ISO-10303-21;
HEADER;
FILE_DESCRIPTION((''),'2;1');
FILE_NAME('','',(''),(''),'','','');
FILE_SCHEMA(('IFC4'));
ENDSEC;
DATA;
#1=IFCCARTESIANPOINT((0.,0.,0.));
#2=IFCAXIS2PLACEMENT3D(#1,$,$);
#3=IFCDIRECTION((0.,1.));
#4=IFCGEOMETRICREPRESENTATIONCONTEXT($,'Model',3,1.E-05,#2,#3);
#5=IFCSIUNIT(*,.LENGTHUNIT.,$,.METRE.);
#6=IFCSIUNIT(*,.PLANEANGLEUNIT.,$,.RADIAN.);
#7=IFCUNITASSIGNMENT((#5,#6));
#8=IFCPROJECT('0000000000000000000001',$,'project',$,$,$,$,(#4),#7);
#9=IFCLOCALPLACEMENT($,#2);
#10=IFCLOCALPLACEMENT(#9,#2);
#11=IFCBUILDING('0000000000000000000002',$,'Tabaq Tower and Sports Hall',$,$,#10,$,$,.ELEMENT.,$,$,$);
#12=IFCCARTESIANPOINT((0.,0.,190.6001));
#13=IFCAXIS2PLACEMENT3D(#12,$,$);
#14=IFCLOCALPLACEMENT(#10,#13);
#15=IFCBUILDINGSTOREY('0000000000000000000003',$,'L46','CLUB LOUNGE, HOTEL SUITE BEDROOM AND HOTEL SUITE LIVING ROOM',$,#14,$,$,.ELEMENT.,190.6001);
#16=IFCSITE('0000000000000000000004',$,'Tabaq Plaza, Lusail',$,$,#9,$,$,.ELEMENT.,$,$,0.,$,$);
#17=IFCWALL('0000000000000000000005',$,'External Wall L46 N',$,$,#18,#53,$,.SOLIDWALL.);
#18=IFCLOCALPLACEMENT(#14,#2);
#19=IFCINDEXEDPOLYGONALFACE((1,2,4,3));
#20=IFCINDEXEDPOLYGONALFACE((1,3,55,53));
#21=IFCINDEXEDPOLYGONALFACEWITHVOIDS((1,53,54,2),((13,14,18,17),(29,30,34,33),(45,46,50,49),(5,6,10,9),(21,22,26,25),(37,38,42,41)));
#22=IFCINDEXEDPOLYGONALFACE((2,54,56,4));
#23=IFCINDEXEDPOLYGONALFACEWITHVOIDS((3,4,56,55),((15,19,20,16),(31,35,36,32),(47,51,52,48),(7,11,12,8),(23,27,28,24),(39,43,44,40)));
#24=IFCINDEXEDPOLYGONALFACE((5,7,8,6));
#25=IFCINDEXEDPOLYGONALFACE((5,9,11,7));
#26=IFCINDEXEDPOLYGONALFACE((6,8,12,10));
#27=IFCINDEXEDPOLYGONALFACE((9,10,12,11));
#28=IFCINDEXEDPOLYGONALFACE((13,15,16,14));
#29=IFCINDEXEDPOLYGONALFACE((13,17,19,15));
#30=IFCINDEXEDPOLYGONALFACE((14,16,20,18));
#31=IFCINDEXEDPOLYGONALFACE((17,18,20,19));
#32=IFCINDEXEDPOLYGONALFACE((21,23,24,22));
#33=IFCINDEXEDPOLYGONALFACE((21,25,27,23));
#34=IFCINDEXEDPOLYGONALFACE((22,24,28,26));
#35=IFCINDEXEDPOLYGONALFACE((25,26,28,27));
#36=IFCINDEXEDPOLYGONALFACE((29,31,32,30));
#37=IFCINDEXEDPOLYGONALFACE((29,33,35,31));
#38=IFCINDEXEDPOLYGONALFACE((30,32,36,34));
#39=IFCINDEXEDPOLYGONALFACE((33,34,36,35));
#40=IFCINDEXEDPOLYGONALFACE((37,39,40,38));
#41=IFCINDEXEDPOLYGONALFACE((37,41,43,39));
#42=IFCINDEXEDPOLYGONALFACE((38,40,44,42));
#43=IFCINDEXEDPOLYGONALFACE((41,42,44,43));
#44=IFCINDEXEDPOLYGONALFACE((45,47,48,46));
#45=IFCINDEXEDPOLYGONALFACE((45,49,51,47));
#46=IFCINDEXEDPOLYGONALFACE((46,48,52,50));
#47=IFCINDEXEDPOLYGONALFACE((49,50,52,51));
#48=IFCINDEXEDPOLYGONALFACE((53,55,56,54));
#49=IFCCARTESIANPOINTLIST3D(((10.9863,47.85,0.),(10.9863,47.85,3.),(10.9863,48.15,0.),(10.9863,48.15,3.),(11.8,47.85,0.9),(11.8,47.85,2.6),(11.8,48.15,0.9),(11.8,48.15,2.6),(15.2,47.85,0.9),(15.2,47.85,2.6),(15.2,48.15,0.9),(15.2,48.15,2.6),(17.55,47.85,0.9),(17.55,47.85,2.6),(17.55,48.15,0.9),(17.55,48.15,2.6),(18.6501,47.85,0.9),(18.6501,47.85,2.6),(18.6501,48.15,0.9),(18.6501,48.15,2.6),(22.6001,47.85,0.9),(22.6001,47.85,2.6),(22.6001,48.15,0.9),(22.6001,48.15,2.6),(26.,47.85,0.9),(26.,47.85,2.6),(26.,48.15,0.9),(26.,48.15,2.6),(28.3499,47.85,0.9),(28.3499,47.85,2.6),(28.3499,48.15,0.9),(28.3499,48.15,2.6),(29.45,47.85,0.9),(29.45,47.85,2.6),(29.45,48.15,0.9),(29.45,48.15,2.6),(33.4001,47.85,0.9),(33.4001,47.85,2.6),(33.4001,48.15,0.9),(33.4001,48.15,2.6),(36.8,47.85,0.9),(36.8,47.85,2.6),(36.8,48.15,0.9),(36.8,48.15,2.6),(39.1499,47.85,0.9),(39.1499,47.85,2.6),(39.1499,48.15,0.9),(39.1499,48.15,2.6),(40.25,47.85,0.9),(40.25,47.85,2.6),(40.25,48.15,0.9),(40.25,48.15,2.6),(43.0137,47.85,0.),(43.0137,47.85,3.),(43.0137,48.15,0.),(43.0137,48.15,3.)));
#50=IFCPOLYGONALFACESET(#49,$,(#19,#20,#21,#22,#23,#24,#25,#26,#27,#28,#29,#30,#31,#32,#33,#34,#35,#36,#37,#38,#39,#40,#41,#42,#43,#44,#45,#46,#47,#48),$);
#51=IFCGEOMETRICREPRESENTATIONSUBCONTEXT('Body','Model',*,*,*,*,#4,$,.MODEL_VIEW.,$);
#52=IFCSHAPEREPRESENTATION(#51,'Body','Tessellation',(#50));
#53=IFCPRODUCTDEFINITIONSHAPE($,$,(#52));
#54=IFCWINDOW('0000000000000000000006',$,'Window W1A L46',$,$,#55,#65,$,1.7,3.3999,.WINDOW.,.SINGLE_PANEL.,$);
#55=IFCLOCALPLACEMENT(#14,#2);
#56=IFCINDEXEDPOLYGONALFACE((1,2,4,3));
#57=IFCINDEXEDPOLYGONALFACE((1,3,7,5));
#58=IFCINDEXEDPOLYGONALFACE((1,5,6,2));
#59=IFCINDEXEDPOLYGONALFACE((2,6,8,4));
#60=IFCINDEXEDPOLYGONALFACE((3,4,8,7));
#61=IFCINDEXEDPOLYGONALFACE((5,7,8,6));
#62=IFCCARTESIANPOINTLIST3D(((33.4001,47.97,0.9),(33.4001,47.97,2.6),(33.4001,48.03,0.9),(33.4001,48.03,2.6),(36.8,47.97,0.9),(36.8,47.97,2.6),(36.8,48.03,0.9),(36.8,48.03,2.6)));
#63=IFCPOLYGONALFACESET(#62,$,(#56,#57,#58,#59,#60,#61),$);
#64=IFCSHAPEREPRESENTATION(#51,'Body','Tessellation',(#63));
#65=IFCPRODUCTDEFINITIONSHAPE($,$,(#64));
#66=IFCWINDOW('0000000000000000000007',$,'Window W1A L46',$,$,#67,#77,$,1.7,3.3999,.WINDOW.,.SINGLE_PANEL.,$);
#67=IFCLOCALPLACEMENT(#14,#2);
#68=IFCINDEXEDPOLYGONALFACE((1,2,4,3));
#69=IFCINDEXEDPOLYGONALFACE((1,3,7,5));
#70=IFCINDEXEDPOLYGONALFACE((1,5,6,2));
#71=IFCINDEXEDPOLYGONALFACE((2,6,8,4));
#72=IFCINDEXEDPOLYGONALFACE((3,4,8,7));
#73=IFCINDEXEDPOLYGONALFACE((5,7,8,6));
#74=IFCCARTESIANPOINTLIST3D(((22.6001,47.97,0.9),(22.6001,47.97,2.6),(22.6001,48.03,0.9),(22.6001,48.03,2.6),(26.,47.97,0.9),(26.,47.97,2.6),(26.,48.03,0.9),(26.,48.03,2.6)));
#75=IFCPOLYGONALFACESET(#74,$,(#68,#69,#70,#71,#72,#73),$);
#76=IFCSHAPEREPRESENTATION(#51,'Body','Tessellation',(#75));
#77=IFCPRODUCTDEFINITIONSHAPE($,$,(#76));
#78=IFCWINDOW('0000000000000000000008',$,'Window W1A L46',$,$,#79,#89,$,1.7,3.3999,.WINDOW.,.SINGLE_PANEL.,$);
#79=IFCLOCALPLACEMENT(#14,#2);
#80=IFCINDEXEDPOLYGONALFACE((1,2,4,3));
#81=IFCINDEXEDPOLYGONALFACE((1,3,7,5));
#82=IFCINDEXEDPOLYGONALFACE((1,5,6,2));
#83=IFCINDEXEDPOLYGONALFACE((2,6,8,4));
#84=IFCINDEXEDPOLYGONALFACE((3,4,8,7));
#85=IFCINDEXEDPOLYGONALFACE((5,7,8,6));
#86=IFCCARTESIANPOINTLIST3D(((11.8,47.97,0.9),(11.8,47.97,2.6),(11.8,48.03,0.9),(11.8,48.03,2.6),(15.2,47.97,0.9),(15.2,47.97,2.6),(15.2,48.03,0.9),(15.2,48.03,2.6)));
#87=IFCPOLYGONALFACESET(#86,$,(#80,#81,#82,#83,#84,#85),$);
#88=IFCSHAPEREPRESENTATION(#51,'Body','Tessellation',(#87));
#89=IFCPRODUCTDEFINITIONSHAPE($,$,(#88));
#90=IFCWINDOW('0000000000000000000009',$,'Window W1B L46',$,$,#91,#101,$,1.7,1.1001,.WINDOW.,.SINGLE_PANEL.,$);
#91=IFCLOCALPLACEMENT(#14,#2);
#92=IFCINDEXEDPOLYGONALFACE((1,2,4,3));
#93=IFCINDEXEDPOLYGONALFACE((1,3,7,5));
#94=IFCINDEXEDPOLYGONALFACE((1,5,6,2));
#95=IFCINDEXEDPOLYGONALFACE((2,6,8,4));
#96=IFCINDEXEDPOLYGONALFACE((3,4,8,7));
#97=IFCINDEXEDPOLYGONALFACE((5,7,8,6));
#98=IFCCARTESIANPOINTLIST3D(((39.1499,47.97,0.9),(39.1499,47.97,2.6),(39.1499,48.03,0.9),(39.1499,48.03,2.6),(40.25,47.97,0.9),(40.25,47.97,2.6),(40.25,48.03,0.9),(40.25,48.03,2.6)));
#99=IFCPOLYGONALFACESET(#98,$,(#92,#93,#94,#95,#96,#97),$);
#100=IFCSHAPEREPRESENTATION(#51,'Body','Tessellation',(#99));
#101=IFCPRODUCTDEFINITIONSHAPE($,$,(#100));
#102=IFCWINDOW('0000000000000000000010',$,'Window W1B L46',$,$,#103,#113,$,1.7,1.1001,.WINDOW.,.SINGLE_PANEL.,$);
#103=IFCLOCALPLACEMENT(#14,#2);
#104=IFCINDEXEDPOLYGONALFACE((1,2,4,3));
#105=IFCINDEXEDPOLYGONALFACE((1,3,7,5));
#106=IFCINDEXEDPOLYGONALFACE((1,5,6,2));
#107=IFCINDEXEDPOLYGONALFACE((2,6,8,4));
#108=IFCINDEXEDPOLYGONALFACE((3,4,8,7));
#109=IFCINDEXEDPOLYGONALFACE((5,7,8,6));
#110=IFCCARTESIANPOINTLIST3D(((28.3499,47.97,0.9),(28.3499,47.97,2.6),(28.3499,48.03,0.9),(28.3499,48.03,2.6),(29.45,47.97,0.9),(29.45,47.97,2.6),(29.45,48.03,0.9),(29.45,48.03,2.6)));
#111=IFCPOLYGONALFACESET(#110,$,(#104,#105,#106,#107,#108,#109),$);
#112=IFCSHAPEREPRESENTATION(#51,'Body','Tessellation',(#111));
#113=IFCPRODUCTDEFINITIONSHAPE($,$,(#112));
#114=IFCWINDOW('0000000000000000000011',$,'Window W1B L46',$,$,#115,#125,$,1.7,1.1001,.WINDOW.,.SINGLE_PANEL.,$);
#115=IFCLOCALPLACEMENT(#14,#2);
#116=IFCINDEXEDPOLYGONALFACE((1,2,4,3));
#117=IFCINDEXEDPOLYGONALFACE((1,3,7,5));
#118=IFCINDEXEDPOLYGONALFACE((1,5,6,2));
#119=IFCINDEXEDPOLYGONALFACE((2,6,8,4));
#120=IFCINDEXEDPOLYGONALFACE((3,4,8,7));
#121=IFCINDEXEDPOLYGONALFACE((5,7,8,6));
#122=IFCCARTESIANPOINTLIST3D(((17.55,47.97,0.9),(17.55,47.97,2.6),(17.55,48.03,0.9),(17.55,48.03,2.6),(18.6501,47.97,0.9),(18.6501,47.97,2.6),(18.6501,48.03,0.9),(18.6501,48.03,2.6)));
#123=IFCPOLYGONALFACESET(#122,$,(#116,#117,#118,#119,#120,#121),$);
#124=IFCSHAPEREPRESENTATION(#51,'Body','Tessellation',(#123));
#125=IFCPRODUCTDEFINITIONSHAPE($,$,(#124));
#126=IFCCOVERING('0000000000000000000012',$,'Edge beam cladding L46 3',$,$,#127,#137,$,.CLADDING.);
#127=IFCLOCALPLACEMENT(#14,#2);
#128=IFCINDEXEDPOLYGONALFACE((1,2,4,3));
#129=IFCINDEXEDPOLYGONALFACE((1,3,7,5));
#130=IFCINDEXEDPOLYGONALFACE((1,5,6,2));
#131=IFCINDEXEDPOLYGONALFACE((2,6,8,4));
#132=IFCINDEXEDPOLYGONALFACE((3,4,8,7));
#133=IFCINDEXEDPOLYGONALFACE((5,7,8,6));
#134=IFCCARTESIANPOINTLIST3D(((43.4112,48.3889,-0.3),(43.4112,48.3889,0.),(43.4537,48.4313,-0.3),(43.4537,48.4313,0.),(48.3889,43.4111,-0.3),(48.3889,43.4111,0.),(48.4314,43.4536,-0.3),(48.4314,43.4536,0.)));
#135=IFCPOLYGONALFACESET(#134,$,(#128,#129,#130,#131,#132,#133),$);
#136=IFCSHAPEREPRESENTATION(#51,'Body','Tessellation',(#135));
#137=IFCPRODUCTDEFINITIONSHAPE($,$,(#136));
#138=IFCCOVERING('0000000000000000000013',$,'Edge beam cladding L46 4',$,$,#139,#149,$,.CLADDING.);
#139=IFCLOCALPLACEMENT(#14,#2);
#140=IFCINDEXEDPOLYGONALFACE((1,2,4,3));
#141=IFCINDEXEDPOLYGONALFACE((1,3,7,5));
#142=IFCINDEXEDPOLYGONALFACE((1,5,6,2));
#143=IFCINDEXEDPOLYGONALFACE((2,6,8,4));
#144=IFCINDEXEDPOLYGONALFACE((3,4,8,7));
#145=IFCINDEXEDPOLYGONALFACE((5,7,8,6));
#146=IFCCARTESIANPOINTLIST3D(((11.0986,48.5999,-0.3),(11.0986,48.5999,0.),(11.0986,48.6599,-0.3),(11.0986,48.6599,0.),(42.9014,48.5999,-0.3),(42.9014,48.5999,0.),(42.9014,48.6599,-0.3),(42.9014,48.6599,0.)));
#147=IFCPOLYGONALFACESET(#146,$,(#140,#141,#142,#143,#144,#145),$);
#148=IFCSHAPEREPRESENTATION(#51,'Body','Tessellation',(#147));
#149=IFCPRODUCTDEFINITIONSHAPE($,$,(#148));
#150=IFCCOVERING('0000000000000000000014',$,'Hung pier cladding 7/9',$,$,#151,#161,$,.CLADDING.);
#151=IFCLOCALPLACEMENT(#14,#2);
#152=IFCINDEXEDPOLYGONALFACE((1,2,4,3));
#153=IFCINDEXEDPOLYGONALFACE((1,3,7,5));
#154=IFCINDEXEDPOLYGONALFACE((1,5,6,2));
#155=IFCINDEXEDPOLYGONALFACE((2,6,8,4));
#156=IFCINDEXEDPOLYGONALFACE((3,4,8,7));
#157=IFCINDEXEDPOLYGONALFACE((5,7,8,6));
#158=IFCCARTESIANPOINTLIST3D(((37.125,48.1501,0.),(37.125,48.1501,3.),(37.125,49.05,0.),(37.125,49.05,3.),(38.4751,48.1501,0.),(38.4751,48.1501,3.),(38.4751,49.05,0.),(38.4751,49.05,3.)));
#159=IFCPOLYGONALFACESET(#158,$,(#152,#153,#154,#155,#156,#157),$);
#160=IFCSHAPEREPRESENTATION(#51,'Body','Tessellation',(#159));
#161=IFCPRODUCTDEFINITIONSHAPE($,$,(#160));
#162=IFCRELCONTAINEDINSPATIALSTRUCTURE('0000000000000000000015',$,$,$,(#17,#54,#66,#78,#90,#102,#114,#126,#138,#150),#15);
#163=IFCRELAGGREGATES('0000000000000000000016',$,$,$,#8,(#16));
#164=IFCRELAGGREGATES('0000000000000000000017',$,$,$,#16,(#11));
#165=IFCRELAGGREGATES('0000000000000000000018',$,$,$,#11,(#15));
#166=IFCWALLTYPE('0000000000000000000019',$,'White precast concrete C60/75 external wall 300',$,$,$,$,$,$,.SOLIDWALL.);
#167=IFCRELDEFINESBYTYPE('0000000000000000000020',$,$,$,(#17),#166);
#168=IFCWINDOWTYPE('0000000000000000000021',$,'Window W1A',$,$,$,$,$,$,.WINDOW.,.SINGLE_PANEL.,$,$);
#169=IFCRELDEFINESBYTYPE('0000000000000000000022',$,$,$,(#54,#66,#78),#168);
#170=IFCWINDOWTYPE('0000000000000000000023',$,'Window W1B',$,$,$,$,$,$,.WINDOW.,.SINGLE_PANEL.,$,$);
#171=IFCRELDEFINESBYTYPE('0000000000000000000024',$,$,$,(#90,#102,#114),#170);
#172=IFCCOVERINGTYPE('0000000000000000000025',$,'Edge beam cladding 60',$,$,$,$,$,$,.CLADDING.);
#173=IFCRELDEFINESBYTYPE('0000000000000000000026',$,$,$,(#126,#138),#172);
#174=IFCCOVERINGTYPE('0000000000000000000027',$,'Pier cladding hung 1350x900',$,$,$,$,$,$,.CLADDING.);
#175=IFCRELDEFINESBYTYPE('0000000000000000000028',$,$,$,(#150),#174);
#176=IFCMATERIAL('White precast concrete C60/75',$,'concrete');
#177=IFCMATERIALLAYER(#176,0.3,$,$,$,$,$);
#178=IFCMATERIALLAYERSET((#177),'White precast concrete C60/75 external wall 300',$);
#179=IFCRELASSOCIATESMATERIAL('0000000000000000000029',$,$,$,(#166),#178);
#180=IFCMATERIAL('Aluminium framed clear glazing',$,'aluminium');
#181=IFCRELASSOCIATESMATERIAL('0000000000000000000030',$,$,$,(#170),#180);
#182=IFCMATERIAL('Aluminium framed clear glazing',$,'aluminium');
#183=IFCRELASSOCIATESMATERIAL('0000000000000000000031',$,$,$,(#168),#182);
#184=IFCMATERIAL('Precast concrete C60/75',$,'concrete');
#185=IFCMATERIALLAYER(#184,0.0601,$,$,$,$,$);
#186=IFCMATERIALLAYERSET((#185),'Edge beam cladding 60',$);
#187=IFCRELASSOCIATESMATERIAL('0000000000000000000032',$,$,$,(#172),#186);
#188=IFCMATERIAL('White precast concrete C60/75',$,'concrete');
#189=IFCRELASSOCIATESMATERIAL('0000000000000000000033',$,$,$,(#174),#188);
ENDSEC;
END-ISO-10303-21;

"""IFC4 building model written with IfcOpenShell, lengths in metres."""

from ifc_helpers import new_model, si_unit, direction, frame, frame_2d, origin, place, context, subcontext, project, spatial, rectangle, extrude, material, layer, layer_set, type_object, element, fill, save


model = new_model("IFC4")

# Units and contexts
model_context = context("Model", 3, precision=1e-05, world=origin(), true_north=direction((0.0, 1.0)))
body_context = subcontext(model_context, "Body", "Model", "MODEL_VIEW")
ifc_project = project(units=[si_unit("LENGTHUNIT", "METRE"), si_unit("PLANEANGLEUNIT", "RADIAN")], contexts=[model_context])

# Site, building, storey
site_placement = place(None, origin())
site = spatial("IfcSite", under=ifc_project, at=site_placement, Name="Tabaq Plaza, Lusail", CompositionType="ELEMENT", RefElevation=0.0)
building_placement = place(site_placement, origin())
building = spatial("IfcBuilding", under=site, at=building_placement, Name="Tabaq Tower and Sports Hall", CompositionType="ELEMENT")
storey_placement = place(building_placement, frame((0.0, 0.0, 190.6001)))
storey = spatial("IfcBuildingStorey", under=building, at=storey_placement, Name="L46", Description="CLUB LOUNGE, HOTEL SUITE BEDROOM AND HOTEL SUITE LIVING ROOM", CompositionType="ELEMENT", Elevation=190.6001)

# Wall, openings, windows
ifc_material_1 = material(Name="White precast concrete C60/75", Category="concrete")
ifc_layer_1 = layer(ifc_material_1, 0.3)
ifc_layer_set_1 = layer_set([ifc_layer_1], Name="White precast concrete C60/75 external wall 300")
wall_type_1 = type_object("IfcWallType", Name="White precast concrete C60/75 external wall 300", PredefinedType="SOLIDWALL", material=ifc_layer_set_1)
ifc_material_2 = material(Name="Aluminium framed clear glazing", Category="aluminium")
window_type_1 = type_object("IfcWindowType", Name="Window W1B", PartitioningType="SINGLE_PANEL", PredefinedType="WINDOW", material=ifc_material_2)
wall_1_placement = place(storey_placement, frame((43.0137, 48.0, 0.0), z_axis=(0.0, 0.0, 1.0), x_axis=(-1.0, 0.0, 0.0)))
wall_1 = element("IfcWall", 1, at=wall_1_placement, inside=storey, type_object=wall_type_1, Name="External Wall L46 N", PredefinedType="SOLIDWALL", context=body_context, shape_type="SweptSolid", body=[
    extrude(rectangle(XDim=32.0273, YDim=0.3, at=frame_2d((16.0137, 0.0))), origin(), (0.0, 0.0, 1.0), 3.0),
])
opening_1_placement = place(wall_1_placement, frame((2.7637, 0.0, 0.8999)))
opening_1 = element("IfcOpeningElement", 2, at=opening_1_placement, cuts=wall_1, PredefinedType="OPENING", context=body_context, shape_type="SweptSolid", body=[
    extrude(rectangle(XDim=1.1001, YDim=1.7, at=frame_2d((0.55, 0.8501))), frame((0.0, 0.1602, 0.0), z_axis=(0.0, -1.0, 0.0), x_axis=(1.0, 0.0, 0.0)), (0.0, 0.0, 1.0), 0.3201),
])
opening_2_placement = place(wall_1_placement, frame((6.2136, 0.0, 0.8999)))
opening_2 = element("IfcOpeningElement", 3, at=opening_2_placement, cuts=wall_1, PredefinedType="OPENING", context=body_context, shape_type="SweptSolid", body=[
    extrude(rectangle(XDim=3.3999, YDim=1.7, at=frame_2d((1.7, 0.8501))), frame((0.0, 0.1602, 0.0), z_axis=(0.0, -1.0, 0.0), x_axis=(1.0, 0.0, 0.0)), (0.0, 0.0, 1.0), 0.3201),
])
opening_3_placement = place(wall_1_placement, frame((13.5637, 0.0, 0.8999)))
opening_3 = element("IfcOpeningElement", 4, at=opening_3_placement, cuts=wall_1, PredefinedType="OPENING", context=body_context, shape_type="SweptSolid", body=[
    extrude(rectangle(XDim=1.1001, YDim=1.7, at=frame_2d((0.55, 0.8501))), frame((0.0, 0.1602, 0.0), z_axis=(0.0, -1.0, 0.0), x_axis=(1.0, 0.0, 0.0)), (0.0, 0.0, 1.0), 0.3201),
])
opening_4_placement = place(wall_1_placement, frame((17.0137, 0.0, 0.8999)))
opening_4 = element("IfcOpeningElement", 5, at=opening_4_placement, cuts=wall_1, PredefinedType="OPENING", context=body_context, shape_type="SweptSolid", body=[
    extrude(rectangle(XDim=3.3999, YDim=1.7, at=frame_2d((1.7, 0.8501))), frame((0.0, 0.1602, 0.0), z_axis=(0.0, -1.0, 0.0), x_axis=(1.0, 0.0, 0.0)), (0.0, 0.0, 1.0), 0.3201),
])
opening_5_placement = place(wall_1_placement, frame((24.3635, 0.0, 0.8999)))
opening_5 = element("IfcOpeningElement", 6, at=opening_5_placement, cuts=wall_1, PredefinedType="OPENING", context=body_context, shape_type="SweptSolid", body=[
    extrude(rectangle(XDim=1.1001, YDim=1.7, at=frame_2d((0.55, 0.8501))), frame((0.0, 0.1602, 0.0), z_axis=(0.0, -1.0, 0.0), x_axis=(1.0, 0.0, 0.0)), (0.0, 0.0, 1.0), 0.3201),
])
opening_6_placement = place(wall_1_placement, frame((27.8137, 0.0, 0.8999)))
opening_6 = element("IfcOpeningElement", 7, at=opening_6_placement, cuts=wall_1, PredefinedType="OPENING", context=body_context, shape_type="SweptSolid", body=[
    extrude(rectangle(XDim=3.3999, YDim=1.7, at=frame_2d((1.7, 0.8501))), frame((0.0, 0.1602, 0.0), z_axis=(0.0, -1.0, 0.0), x_axis=(1.0, 0.0, 0.0)), (0.0, 0.0, 1.0), 0.3201),
])
ifc_material_3 = material(Name="Aluminium framed clear glazing", Category="aluminium")
window_type_2 = type_object("IfcWindowType", Name="Window W1A", PartitioningType="SINGLE_PANEL", PredefinedType="WINDOW", material=ifc_material_3)
window_1_placement = place(opening_2_placement, origin())
window_1 = element("IfcWindow", 8, at=window_1_placement, inside=storey, type_object=window_type_2, Name="Window W1A L46", OverallHeight=1.7, OverallWidth=3.3999, PartitioningType="SINGLE_PANEL", PredefinedType="WINDOW", context=body_context, shape_type="SweptSolid", body=[
    extrude(rectangle(XDim=3.3999, YDim=1.7, at=frame_2d((1.7, 0.8501))), frame((0.0, 0.03, 0.0), z_axis=(0.0, -1.0, 0.0), x_axis=(1.0, 0.0, 0.0)), (0.0, 0.0, 1.0), 0.0601),
])
fill(opening_2, window_1)
window_2_placement = place(opening_4_placement, origin())
window_2 = element("IfcWindow", 9, at=window_2_placement, inside=storey, type_object=window_type_2, Name="Window W1A L46", OverallHeight=1.7, OverallWidth=3.3999, PartitioningType="SINGLE_PANEL", PredefinedType="WINDOW", context=body_context, shape_type="SweptSolid", body=[
    extrude(rectangle(XDim=3.3999, YDim=1.7, at=frame_2d((1.7, 0.8501))), frame((0.0, 0.03, 0.0), z_axis=(0.0, -1.0, 0.0), x_axis=(1.0, 0.0, 0.0)), (0.0, 0.0, 1.0), 0.0601),
])
fill(opening_4, window_2)
window_3_placement = place(opening_6_placement, origin())
window_3 = element("IfcWindow", 10, at=window_3_placement, inside=storey, type_object=window_type_2, Name="Window W1A L46", OverallHeight=1.7, OverallWidth=3.3999, PartitioningType="SINGLE_PANEL", PredefinedType="WINDOW", context=body_context, shape_type="SweptSolid", body=[
    extrude(rectangle(XDim=3.3999, YDim=1.7, at=frame_2d((1.7, 0.8501))), frame((0.0, 0.03, 0.0), z_axis=(0.0, -1.0, 0.0), x_axis=(1.0, 0.0, 0.0)), (0.0, 0.0, 1.0), 0.0601),
])
fill(opening_6, window_3)
window_4_placement = place(opening_1_placement, origin())
window_4 = element("IfcWindow", 11, at=window_4_placement, inside=storey, type_object=window_type_1, Name="Window W1B L46", OverallHeight=1.7, OverallWidth=1.1001, PartitioningType="SINGLE_PANEL", PredefinedType="WINDOW", context=body_context, shape_type="SweptSolid", body=[
    extrude(rectangle(XDim=1.1001, YDim=1.7, at=frame_2d((0.55, 0.8501))), frame((0.0, 0.03, 0.0), z_axis=(0.0, -1.0, 0.0), x_axis=(1.0, 0.0, 0.0)), (0.0, 0.0, 1.0), 0.0601),
])
fill(opening_1, window_4)
window_5_placement = place(opening_3_placement, origin())
window_5 = element("IfcWindow", 12, at=window_5_placement, inside=storey, type_object=window_type_1, Name="Window W1B L46", OverallHeight=1.7, OverallWidth=1.1001, PartitioningType="SINGLE_PANEL", PredefinedType="WINDOW", context=body_context, shape_type="SweptSolid", body=[
    extrude(rectangle(XDim=1.1001, YDim=1.7, at=frame_2d((0.55, 0.8501))), frame((0.0, 0.03, 0.0), z_axis=(0.0, -1.0, 0.0), x_axis=(1.0, 0.0, 0.0)), (0.0, 0.0, 1.0), 0.0601),
])
fill(opening_3, window_5)
window_6_placement = place(opening_5_placement, origin())
window_6 = element("IfcWindow", 13, at=window_6_placement, inside=storey, type_object=window_type_1, Name="Window W1B L46", OverallHeight=1.7, OverallWidth=1.1001, PartitioningType="SINGLE_PANEL", PredefinedType="WINDOW", context=body_context, shape_type="SweptSolid", body=[
    extrude(rectangle(XDim=1.1001, YDim=1.7, at=frame_2d((0.55, 0.8501))), frame((0.0, 0.03, 0.0), z_axis=(0.0, -1.0, 0.0), x_axis=(1.0, 0.0, 0.0)), (0.0, 0.0, 1.0), 0.0601),
])
fill(opening_5, window_6)

# Coverings
ifc_material_4 = material(Name="Precast concrete C60/75", Category="concrete")
ifc_layer_2 = layer(ifc_material_4, 0.0601)
ifc_layer_set_2 = layer_set([ifc_layer_2], Name="Edge beam cladding 60")
covering_type_1 = type_object("IfcCoveringType", Name="Edge beam cladding 60", PredefinedType="CLADDING", material=ifc_layer_set_2)
covering_1_placement = place(storey_placement, frame((48.4102, 43.4324, -0.3), z_axis=(0.0, 0.0, 1.0), x_axis=(-0.707107, 0.707107, 0.0)))
element("IfcCovering", 14, at=covering_1_placement, inside=storey, type_object=covering_type_1, Name="Edge beam cladding L46 3", PredefinedType="CLADDING", context=body_context, shape_type="SweptSolid", body=[
    extrude(rectangle(XDim=7.0396, YDim=0.0601, at=frame_2d((3.5198, 0.0))), origin(), (0.0, 0.0, 1.0), 0.3),
])
covering_2_placement = place(storey_placement, frame((42.9014, 48.6299, -0.3), z_axis=(0.0, 0.0, 1.0), x_axis=(-1.0, 0.0, 0.0)))
element("IfcCovering", 15, at=covering_2_placement, inside=storey, type_object=covering_type_1, Name="Edge beam cladding L46 4", PredefinedType="CLADDING", context=body_context, shape_type="SweptSolid", body=[
    extrude(rectangle(XDim=31.8027, YDim=0.0601, at=frame_2d((15.9014, 0.0))), origin(), (0.0, 0.0, 1.0), 0.3),
])
ifc_material_5 = material(Name="White precast concrete C60/75", Category="concrete")
covering_type_2 = type_object("IfcCoveringType", Name="Pier cladding hung 1350x900", PredefinedType="CLADDING", material=ifc_material_5)
for number, where, z_axis, x_axis, name in (
    (16, (38.4751, 48.6001, 0.0), (0.0, 0.0, 1.0), (-1.0, 0.0, 0.0), "Hung pier cladding 7/9"),
):
    element("IfcCovering", number, at=place(storey_placement, frame(where, z_axis=z_axis, x_axis=x_axis)), inside=storey, type_object=covering_type_2, Name=name, PredefinedType="CLADDING", context=body_context, shape_type="SweptSolid", body=[
        extrude(rectangle(XDim=1.3501, YDim=0.8999, at=frame_2d((0.675, 0.0))), origin(), (0.0, 0.0, 1.0), 3.0),
    ])

save(model, "model.ifc")
